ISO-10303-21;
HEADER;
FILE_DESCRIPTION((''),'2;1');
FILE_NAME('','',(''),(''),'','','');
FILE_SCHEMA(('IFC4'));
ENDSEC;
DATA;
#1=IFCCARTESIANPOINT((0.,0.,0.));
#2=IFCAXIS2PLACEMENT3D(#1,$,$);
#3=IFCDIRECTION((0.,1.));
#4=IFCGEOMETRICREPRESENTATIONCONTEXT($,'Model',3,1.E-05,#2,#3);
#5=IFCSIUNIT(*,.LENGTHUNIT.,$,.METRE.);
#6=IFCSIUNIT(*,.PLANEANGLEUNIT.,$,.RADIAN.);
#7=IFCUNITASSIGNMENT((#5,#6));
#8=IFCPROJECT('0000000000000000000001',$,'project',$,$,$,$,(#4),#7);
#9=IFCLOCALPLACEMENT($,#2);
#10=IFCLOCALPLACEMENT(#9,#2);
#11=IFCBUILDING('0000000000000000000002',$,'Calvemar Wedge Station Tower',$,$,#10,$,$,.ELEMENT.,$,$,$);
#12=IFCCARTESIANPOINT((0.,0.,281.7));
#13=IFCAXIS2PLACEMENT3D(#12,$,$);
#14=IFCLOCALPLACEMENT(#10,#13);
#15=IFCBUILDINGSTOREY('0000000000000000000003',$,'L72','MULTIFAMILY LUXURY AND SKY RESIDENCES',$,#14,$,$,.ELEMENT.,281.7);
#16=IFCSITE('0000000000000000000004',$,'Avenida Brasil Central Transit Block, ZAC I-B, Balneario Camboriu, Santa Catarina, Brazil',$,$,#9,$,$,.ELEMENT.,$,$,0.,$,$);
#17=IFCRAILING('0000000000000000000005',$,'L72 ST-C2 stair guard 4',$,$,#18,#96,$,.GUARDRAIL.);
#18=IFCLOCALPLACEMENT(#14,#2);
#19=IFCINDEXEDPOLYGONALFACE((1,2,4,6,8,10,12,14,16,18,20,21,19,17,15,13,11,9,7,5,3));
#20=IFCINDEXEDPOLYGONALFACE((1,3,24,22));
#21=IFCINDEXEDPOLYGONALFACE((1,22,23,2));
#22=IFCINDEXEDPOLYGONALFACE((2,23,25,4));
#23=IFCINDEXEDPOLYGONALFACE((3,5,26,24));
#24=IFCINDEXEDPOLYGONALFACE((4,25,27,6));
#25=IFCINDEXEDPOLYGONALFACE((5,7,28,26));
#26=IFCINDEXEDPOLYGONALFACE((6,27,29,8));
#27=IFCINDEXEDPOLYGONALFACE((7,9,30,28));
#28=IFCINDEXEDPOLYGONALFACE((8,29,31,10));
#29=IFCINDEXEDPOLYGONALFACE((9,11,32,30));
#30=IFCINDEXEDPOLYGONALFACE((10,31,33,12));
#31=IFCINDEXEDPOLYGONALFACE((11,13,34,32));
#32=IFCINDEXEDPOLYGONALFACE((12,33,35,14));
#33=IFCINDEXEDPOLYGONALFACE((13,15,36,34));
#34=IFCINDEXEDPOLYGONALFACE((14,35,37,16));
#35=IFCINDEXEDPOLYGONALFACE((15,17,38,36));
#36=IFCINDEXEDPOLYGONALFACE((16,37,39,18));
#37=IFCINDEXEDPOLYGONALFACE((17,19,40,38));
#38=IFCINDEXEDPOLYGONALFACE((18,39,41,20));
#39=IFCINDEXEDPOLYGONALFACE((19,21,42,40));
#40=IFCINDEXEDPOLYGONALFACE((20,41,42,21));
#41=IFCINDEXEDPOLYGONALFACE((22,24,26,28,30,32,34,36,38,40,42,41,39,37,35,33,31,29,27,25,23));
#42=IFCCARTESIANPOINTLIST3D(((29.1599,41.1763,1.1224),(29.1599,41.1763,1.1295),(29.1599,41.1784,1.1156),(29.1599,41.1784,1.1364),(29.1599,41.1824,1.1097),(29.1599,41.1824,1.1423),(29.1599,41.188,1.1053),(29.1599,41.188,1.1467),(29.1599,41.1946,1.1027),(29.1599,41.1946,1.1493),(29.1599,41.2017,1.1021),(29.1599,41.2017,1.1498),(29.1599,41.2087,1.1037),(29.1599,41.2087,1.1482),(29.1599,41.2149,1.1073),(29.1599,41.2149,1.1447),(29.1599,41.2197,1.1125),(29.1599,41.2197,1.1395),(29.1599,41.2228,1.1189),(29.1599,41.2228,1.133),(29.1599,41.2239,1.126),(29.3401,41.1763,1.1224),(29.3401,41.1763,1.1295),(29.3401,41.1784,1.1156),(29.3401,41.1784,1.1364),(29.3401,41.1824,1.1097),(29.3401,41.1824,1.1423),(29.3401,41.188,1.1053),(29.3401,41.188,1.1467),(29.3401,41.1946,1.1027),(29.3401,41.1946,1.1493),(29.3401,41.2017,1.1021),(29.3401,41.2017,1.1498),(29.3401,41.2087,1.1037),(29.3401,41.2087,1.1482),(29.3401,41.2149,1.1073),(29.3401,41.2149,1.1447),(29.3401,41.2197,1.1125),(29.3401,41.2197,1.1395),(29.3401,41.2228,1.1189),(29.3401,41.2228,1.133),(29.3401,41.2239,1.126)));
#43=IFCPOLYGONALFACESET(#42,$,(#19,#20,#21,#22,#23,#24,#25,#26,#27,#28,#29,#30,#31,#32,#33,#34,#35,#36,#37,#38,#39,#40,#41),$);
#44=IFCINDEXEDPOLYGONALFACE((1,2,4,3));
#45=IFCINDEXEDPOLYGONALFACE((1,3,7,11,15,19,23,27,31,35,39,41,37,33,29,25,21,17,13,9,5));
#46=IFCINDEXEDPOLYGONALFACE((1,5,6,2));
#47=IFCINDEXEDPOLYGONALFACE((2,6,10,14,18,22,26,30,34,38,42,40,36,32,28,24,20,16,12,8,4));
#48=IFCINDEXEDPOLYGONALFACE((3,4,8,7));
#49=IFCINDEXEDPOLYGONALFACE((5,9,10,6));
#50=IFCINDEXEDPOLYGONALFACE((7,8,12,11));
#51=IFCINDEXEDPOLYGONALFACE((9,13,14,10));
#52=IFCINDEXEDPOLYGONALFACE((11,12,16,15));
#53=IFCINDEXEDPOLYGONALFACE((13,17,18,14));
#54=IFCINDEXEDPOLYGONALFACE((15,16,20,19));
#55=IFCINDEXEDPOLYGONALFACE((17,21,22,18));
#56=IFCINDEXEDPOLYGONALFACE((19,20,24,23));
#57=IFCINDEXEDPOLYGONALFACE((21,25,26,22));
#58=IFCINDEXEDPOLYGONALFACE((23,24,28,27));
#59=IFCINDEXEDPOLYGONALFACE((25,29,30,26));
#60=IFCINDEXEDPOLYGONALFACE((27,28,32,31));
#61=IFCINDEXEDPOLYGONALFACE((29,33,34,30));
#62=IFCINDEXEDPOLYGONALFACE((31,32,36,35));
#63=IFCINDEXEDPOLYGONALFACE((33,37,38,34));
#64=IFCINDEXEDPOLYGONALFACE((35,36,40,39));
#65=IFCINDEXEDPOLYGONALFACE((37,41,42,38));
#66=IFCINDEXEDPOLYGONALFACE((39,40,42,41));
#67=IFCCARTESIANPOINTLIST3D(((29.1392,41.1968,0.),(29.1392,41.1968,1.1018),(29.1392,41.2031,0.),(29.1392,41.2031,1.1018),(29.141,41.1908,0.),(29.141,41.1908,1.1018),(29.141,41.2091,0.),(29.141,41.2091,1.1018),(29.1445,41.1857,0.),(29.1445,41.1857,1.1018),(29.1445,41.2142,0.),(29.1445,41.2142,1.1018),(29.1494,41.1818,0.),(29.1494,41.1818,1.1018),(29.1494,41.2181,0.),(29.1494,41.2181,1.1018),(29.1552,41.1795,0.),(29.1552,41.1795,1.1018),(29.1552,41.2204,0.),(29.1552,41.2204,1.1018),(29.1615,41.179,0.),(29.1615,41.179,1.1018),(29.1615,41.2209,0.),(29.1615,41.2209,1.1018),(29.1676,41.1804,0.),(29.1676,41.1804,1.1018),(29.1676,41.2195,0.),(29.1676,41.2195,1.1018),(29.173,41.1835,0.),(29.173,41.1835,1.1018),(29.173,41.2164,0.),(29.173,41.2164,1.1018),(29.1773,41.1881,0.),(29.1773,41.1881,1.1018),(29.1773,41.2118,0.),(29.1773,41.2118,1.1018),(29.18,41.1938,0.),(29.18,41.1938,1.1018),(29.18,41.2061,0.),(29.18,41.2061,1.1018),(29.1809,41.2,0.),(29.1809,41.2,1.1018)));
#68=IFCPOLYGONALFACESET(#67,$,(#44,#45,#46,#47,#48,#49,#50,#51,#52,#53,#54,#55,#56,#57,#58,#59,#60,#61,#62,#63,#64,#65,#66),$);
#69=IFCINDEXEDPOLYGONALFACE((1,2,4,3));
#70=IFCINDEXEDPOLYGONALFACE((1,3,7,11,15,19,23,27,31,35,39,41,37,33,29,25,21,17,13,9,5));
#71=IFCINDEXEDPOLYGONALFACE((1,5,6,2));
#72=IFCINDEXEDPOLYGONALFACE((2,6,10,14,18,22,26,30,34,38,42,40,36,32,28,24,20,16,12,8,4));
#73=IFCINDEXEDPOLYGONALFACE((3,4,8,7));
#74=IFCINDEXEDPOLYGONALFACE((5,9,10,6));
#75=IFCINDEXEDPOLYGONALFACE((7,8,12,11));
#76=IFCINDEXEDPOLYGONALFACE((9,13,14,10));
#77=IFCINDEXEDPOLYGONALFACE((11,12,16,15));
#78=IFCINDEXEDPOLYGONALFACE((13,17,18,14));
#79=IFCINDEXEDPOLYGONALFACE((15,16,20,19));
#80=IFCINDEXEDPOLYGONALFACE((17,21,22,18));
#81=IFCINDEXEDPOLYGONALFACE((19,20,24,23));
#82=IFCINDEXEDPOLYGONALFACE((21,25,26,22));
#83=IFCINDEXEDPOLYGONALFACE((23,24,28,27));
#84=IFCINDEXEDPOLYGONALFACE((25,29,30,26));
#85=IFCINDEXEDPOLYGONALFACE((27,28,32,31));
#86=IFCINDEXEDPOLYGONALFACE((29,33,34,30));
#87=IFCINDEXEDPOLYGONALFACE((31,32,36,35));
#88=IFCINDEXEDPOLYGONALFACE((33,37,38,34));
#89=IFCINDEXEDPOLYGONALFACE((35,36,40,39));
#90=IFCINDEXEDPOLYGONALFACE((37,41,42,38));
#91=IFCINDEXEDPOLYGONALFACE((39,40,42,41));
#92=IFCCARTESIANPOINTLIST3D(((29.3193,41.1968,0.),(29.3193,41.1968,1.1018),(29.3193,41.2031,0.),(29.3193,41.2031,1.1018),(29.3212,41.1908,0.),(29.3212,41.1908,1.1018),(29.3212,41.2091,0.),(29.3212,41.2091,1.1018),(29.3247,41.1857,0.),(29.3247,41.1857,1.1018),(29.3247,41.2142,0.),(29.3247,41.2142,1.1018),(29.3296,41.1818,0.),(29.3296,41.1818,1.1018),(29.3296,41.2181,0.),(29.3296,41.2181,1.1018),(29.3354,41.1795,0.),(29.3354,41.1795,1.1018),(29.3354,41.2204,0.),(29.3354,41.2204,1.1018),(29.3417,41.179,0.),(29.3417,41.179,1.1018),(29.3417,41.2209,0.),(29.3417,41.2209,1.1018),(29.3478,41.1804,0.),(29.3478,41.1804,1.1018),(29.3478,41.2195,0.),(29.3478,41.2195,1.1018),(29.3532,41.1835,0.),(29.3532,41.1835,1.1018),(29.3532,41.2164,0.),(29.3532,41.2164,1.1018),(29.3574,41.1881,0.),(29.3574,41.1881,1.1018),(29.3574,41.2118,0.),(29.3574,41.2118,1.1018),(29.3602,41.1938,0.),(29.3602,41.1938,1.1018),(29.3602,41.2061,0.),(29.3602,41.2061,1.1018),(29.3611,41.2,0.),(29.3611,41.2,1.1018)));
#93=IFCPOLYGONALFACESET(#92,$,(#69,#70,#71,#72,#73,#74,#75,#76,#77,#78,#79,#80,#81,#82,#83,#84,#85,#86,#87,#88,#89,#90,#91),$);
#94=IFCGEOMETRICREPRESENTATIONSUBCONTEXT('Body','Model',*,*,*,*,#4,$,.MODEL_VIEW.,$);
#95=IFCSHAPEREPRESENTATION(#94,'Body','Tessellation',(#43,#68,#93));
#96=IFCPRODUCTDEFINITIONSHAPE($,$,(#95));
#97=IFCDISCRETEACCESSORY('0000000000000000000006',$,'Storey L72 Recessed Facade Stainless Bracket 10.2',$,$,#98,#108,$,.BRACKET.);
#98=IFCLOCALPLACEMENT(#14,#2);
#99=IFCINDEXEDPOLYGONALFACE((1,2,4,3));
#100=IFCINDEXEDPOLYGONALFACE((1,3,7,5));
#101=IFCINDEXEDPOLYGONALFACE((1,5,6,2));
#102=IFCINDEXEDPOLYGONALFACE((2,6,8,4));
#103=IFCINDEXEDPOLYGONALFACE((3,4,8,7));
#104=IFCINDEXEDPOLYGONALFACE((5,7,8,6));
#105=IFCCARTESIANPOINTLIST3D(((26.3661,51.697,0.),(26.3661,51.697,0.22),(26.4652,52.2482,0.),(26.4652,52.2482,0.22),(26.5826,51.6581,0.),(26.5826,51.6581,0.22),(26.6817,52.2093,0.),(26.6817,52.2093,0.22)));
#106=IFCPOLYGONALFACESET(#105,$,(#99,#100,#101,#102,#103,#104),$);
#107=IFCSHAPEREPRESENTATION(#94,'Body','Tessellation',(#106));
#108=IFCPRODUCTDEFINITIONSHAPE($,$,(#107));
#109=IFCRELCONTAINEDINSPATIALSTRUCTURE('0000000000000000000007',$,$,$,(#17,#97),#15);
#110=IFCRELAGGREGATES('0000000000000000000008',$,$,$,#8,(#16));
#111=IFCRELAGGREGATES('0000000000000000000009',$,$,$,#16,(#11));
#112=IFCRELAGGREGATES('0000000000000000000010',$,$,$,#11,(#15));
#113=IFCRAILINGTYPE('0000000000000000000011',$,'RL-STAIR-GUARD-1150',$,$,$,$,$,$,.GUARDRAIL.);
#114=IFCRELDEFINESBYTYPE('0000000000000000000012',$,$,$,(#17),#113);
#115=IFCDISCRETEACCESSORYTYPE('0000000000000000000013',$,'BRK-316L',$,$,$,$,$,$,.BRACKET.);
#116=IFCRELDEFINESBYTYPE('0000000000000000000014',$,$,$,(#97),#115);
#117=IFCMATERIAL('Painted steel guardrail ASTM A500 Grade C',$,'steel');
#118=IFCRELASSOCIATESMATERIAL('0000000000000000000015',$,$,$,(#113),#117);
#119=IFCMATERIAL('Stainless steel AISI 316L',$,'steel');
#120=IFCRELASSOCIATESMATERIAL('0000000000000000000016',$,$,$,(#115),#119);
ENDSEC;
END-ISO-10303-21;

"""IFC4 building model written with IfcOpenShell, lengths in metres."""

from ifc_helpers import new_model, si_unit, direction, frame, origin, origin_2d, place, context, subcontext, project, spatial, rectangle, circle, extrude, source, transform, mapped, material, type_object, element, save


model = new_model("IFC4")

# Units and contexts
model_context = context("Model", 3, precision=1e-05, world=origin(), true_north=direction((0.0, 1.0)))
body_context = subcontext(model_context, "Body", "Model", "MODEL_VIEW")
ifc_project = project(units=[si_unit("LENGTHUNIT", "METRE"), si_unit("PLANEANGLEUNIT", "RADIAN")], contexts=[model_context])

# Site, building, storey
site_placement = place(None, origin())
site = spatial("IfcSite", under=ifc_project, at=site_placement, Name="Avenida Brasil Central Transit Block, ZAC I-B, Balneario Camboriu, Santa Catarina, Brazil", CompositionType="ELEMENT", RefElevation=0.0)
building_placement = place(site_placement, origin())
building = spatial("IfcBuilding", under=site, at=building_placement, Name="Calvemar Wedge Station Tower", CompositionType="ELEMENT")
storey_placement = place(building_placement, frame((0.0, 0.0, 281.7)))
storey = spatial("IfcBuildingStorey", under=building, at=storey_placement, Name="L72", Description="MULTIFAMILY LUXURY AND SKY RESIDENCES", CompositionType="ELEMENT", Elevation=281.7)

# Railing
ifc_material_1 = material(Name="Stainless steel AISI 316L", Category="steel")
ifc_material_2 = material(Name="Painted steel guardrail ASTM A500 Grade C", Category="steel")
railing_type_1 = type_object("IfcRailingType", Name="RL-STAIR-GUARD-1150", PredefinedType="GUARDRAIL", material=ifc_material_2)
railing_1_placement = place(storey_placement, frame((29.1599, 41.2, 0.0)))
element("IfcRailing", 1, at=railing_1_placement, inside=storey, type_object=railing_type_1, Name="L72 ST-C2 stair guard 4", PredefinedType="GUARDRAIL", context=body_context, shape_type="SweptSolid", body=[
    extrude(circle(Radius=0.0239, at=origin_2d()), frame((0.0, 0.0, 1.126), z_axis=(1.0, 0.0, 0.0), x_axis=(0.0, 1.0, 0.0)), (0.0, 0.0, 1.0), 0.1802),
    extrude(circle(Radius=0.021, at=origin_2d()), origin(), (0.0, 0.0, 1.0), 1.1018),
    extrude(circle(Radius=0.021, at=origin_2d()), frame((0.1802, 0.0, 0.0)), (0.0, 0.0, 1.0), 1.1018),
])

# Discrete accessory
discrete_accessory_type = type_object("IfcDiscreteAccessoryType", Name="BRK-316L", PredefinedType="BRACKET", material=ifc_material_1)
shared_shape_1 = source(origin(), body_context, "Body", "SweptSolid", [
    extrude(rectangle(XDim=0.22, YDim=0.5601, at=origin_2d()), origin(), (0.0, 0.0, 1.0), 0.22),
])
discrete_accessory_placement = place(storey_placement, frame((26.5239, 51.9531, 0.0), z_axis=(0.0, 0.0, 1.0), x_axis=(-0.984227, 0.176913, 0.0)))
element("IfcDiscreteAccessory", 2, at=discrete_accessory_placement, inside=storey, type_object=discrete_accessory_type, Name="Storey L72 Recessed Facade Stainless Bracket 10.2", PredefinedType="BRACKET", context=body_context, shape_type="MappedRepresentation", body=[
    mapped(shared_shape_1, transform((0.0, 0.0, 0.0), scale=1.0)),
])

save(model, "model.ifc")
